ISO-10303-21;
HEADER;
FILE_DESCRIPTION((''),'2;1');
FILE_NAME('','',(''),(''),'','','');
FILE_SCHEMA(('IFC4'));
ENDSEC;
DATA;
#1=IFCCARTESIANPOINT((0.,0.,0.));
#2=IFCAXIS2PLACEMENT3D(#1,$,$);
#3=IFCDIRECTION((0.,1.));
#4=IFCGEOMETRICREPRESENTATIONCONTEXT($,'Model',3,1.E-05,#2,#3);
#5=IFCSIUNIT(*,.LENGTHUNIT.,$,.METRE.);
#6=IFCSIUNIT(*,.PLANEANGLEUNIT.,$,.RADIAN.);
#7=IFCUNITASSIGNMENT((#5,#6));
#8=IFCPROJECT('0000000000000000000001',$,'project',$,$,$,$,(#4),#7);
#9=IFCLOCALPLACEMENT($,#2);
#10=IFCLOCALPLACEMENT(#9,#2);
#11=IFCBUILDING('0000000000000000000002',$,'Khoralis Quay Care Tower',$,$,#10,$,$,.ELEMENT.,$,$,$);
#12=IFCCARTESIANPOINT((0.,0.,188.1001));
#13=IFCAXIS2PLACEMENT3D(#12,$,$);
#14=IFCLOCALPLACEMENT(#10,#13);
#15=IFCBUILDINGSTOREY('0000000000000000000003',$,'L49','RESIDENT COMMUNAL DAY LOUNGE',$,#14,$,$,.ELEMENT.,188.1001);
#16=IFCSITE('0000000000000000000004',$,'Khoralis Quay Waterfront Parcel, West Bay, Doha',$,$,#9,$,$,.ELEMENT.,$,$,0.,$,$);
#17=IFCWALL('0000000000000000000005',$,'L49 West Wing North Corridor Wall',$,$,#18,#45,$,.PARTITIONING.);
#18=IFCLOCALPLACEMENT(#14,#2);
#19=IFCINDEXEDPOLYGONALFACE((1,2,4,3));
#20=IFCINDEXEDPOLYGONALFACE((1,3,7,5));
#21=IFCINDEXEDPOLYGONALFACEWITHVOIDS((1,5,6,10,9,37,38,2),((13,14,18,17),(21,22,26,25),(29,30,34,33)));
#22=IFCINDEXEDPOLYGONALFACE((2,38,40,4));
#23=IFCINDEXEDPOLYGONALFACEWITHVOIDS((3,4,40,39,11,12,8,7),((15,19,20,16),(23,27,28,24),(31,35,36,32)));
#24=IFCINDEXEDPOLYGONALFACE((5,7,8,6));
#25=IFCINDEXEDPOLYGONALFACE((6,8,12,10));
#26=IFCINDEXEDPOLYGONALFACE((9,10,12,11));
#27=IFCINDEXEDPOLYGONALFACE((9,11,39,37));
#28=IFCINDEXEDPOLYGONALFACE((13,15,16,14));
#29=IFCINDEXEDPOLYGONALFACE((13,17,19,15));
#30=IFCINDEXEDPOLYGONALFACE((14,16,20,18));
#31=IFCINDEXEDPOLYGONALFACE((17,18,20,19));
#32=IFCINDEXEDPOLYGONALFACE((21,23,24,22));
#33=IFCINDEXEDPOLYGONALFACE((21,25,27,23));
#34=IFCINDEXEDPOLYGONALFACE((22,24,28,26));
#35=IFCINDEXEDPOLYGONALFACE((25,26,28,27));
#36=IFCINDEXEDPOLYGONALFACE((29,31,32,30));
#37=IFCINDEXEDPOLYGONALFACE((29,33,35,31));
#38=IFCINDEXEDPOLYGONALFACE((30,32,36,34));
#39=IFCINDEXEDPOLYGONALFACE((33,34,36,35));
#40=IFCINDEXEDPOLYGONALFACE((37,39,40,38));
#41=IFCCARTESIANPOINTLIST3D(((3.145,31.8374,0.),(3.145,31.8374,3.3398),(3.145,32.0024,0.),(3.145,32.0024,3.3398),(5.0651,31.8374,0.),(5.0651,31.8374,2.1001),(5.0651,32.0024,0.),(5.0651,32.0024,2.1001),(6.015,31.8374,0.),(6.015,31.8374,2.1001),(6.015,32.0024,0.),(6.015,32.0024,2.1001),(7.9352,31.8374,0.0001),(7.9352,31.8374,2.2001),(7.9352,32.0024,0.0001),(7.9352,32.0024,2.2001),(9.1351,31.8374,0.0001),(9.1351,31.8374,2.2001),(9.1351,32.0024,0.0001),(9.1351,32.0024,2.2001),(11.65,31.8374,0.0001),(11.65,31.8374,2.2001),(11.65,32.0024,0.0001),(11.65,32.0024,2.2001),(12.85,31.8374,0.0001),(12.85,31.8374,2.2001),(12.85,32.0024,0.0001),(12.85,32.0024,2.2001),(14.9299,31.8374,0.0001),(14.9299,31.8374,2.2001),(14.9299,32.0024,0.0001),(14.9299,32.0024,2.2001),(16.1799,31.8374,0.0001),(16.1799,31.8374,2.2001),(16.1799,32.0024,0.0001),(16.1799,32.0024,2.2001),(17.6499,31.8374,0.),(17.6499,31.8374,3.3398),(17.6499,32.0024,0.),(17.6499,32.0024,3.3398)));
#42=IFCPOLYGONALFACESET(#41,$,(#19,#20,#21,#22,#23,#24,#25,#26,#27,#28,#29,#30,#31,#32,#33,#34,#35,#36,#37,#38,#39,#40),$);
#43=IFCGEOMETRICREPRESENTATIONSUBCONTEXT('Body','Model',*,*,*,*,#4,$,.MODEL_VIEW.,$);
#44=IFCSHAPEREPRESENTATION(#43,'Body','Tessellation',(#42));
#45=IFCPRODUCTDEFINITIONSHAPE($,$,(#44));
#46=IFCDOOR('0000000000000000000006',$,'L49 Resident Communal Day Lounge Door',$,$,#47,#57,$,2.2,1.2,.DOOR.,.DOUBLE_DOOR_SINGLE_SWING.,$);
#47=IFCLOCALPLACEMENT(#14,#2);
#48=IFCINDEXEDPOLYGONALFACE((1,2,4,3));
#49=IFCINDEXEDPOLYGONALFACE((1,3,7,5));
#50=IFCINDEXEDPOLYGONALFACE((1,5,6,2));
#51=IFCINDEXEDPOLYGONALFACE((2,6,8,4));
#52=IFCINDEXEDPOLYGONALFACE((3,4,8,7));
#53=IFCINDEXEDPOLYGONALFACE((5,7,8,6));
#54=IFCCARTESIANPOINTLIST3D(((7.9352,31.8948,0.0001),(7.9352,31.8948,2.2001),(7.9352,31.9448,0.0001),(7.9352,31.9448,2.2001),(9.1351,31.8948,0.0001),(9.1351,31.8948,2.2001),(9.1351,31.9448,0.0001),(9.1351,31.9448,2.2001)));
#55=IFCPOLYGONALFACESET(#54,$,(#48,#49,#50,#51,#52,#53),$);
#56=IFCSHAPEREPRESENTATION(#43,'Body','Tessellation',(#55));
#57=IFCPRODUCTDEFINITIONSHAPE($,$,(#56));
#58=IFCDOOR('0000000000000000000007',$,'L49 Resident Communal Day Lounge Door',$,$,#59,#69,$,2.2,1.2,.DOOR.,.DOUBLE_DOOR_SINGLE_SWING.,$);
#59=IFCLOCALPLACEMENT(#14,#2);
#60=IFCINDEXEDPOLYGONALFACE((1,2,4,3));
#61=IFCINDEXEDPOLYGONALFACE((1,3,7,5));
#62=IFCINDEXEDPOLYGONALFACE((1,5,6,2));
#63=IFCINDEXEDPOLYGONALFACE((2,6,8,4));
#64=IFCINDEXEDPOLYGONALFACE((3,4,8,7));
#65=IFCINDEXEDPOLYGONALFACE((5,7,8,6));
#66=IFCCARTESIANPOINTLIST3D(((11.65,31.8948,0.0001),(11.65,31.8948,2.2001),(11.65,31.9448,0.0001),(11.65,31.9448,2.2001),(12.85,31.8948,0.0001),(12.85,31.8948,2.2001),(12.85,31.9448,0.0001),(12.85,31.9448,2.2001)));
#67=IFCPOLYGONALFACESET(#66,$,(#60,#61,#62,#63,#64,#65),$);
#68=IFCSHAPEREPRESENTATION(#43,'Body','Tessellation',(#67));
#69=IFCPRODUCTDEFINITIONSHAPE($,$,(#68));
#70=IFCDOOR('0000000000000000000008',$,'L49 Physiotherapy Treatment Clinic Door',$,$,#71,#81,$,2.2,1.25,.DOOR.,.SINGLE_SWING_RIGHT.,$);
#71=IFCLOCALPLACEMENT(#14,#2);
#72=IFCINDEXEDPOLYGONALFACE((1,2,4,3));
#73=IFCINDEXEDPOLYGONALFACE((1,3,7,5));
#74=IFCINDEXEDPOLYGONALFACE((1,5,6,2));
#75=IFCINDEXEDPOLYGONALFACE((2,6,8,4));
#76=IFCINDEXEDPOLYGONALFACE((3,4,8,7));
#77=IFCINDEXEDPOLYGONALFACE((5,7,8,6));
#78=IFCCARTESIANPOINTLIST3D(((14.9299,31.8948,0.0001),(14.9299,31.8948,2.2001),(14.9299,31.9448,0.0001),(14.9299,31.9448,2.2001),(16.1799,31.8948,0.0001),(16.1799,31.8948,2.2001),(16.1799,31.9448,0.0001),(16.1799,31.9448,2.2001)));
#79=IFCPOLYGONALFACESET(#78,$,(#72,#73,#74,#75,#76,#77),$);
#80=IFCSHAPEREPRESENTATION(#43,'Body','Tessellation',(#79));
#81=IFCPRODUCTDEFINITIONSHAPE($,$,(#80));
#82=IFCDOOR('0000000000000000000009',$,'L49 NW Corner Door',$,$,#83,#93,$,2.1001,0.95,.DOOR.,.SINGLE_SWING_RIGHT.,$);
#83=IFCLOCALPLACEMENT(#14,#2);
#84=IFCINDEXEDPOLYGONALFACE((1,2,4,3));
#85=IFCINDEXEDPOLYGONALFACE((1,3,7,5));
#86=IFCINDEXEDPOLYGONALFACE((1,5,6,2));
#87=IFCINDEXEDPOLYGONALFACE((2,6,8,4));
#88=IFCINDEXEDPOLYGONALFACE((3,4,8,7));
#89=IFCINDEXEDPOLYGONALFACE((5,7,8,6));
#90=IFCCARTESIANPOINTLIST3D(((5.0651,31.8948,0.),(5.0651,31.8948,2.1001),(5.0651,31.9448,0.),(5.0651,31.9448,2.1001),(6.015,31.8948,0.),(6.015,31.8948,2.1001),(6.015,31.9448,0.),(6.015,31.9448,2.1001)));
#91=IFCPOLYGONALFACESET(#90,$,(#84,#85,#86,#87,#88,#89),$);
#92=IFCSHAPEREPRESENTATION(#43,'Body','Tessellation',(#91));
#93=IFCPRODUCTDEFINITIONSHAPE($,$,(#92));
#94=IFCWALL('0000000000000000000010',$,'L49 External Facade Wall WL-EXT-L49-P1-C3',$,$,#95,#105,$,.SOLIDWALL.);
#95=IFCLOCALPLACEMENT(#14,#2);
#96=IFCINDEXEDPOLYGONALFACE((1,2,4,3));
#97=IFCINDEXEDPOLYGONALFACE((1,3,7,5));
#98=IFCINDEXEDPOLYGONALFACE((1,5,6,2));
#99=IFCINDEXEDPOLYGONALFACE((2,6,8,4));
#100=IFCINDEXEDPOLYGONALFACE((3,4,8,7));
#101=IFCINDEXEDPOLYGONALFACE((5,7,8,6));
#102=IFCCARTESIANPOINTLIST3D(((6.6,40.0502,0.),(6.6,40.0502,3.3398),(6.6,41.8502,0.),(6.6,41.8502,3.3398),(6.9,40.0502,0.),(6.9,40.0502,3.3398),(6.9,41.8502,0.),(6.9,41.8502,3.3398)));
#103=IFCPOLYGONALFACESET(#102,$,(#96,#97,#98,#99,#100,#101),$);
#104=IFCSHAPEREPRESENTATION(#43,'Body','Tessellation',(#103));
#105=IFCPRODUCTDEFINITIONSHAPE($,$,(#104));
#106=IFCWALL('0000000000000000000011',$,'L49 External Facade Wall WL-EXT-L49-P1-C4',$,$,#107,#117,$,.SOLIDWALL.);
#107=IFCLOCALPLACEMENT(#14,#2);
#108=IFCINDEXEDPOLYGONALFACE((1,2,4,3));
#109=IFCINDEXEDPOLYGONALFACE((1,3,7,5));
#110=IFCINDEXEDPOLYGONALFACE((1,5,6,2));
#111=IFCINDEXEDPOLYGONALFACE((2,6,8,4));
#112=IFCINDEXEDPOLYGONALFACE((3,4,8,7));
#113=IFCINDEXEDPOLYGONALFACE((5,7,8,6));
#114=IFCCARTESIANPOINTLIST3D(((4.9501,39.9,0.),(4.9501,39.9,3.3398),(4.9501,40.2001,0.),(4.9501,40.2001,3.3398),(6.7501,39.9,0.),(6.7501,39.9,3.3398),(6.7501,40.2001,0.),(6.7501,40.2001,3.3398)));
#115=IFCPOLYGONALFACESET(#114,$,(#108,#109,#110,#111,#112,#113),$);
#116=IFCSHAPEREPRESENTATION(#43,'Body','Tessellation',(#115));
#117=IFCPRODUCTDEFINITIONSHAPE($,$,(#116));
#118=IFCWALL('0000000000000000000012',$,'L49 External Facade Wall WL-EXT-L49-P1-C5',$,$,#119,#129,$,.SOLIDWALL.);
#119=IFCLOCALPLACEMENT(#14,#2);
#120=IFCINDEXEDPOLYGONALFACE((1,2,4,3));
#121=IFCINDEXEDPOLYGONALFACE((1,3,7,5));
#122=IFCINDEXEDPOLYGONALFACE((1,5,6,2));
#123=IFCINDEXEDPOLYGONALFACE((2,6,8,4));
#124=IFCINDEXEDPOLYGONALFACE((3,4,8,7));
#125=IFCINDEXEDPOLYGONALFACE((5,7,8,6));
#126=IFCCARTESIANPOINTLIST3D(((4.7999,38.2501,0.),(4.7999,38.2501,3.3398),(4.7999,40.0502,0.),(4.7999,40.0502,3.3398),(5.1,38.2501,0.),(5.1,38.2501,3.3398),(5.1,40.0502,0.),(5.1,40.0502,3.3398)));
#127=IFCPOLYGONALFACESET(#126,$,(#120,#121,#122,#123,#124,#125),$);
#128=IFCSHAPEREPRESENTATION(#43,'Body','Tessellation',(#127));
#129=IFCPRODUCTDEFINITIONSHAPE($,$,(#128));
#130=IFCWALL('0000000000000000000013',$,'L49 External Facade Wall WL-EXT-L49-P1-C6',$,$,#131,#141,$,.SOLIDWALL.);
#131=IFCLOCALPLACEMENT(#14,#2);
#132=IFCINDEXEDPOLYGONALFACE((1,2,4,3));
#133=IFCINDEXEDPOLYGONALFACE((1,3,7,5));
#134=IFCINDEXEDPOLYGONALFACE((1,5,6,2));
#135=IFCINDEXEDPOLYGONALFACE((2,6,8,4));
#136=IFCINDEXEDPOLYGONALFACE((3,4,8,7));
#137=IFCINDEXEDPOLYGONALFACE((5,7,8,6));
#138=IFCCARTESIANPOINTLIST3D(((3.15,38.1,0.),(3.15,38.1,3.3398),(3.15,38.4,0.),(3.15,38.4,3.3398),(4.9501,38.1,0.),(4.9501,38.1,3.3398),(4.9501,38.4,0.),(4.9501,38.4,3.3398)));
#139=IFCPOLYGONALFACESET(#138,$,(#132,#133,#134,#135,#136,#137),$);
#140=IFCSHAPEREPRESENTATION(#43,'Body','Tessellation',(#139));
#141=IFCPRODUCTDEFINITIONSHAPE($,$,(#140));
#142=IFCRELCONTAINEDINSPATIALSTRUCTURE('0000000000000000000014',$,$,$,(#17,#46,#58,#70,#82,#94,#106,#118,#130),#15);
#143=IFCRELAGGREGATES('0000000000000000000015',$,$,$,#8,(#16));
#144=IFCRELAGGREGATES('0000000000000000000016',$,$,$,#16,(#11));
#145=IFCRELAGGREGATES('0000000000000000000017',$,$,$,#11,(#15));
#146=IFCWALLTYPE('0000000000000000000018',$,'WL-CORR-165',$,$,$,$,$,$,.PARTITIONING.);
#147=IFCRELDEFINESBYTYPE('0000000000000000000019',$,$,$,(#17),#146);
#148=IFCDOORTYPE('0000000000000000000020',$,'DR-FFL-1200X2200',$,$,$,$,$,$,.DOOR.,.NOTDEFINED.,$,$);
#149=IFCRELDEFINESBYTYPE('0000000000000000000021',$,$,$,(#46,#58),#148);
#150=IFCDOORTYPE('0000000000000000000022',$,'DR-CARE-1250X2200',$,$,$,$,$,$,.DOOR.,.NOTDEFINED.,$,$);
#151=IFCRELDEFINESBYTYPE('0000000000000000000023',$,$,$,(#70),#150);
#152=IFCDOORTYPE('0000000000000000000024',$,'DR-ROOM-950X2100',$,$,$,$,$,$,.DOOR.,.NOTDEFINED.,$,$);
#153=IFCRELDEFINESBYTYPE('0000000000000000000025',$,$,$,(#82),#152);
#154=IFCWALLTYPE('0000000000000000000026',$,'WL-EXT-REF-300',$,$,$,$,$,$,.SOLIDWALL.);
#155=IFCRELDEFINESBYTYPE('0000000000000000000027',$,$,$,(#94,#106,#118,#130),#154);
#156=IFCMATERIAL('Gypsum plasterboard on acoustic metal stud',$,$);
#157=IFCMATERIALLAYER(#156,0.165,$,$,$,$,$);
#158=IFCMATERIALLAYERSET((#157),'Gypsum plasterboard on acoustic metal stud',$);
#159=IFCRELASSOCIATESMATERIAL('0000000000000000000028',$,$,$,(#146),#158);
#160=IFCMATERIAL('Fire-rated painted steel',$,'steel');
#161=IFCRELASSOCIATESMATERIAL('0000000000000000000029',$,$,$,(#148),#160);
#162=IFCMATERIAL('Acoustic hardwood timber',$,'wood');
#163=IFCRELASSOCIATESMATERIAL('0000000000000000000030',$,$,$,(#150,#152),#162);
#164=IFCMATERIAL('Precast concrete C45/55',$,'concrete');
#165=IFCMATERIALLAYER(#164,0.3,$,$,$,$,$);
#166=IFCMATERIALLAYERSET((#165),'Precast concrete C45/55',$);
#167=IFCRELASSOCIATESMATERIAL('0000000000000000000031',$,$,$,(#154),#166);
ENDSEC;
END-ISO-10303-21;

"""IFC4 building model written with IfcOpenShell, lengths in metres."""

from ifc_helpers import new_model, si_unit, direction, frame, frame_2d, origin, place, context, subcontext, project, spatial, rectangle, extrude, source, transform, mapped, material, layer, layer_set, type_object, element, fill, save


model = new_model("IFC4")

# Units and contexts
model_context = context("Model", 3, precision=1e-05, world=origin(), true_north=direction((0.0, 1.0)))
body_context = subcontext(model_context, "Body", "Model", "MODEL_VIEW")
ifc_project = project(units=[si_unit("LENGTHUNIT", "METRE"), si_unit("PLANEANGLEUNIT", "RADIAN")], contexts=[model_context])

# Site, building, storey
site_placement = place(None, origin())
site = spatial("IfcSite", under=ifc_project, at=site_placement, Name="Khoralis Quay Waterfront Parcel, West Bay, Doha", CompositionType="ELEMENT", RefElevation=0.0)
building_placement = place(site_placement, origin())
building = spatial("IfcBuilding", under=site, at=building_placement, Name="Khoralis Quay Care Tower", CompositionType="ELEMENT")
storey_placement = place(building_placement, frame((0.0, 0.0, 188.1001)))
storey = spatial("IfcBuildingStorey", under=building, at=storey_placement, Name="L49", Description="RESIDENT COMMUNAL DAY LOUNGE", CompositionType="ELEMENT", Elevation=188.1001)

# Wall, openings, doors
ifc_material_1 = material(Name="Gypsum plasterboard on acoustic metal stud")
ifc_layer_1 = layer(ifc_material_1, 0.165)
ifc_layer_set_1 = layer_set([ifc_layer_1], Name="Gypsum plasterboard on acoustic metal stud")
wall_type_1 = type_object("IfcWallType", Name="WL-CORR-165", PredefinedType="PARTITIONING", material=ifc_layer_set_1)
wall_1_placement = place(storey_placement, frame((3.145, 31.9199, 0.0), z_axis=(0.0, 0.0, 1.0), x_axis=(1.0, 0.0, 0.0)))
wall_1 = element("IfcWall", 1, at=wall_1_placement, inside=storey, type_object=wall_type_1, Name="L49 West Wing North Corridor Wall", PredefinedType="PARTITIONING", context=body_context, shape_type="SweptSolid", body=[
    extrude(rectangle(XDim=14.5049, YDim=0.165, at=frame_2d((7.2524, 0.0))), origin(), (0.0, 0.0, 1.0), 3.3398),
])
opening_1_placement = place(wall_1_placement, frame((4.79, 0.0, 0.0)))
opening_1 = element("IfcOpeningElement", 2, at=opening_1_placement, cuts=wall_1, PredefinedType="OPENING", context=body_context, shape_type="SweptSolid", body=[
    extrude(rectangle(XDim=1.2, YDim=2.2, at=frame_2d((0.6001, 1.1001))), frame((0.0, 0.0925, 0.0), z_axis=(0.0, -1.0, 0.0), x_axis=(1.0, 0.0, 0.0)), (0.0, 0.0, 1.0), 0.1851),
])
opening_2_placement = place(wall_1_placement, frame((8.5049, 0.0, 0.0)))
opening_2 = element("IfcOpeningElement", 3, at=opening_2_placement, cuts=wall_1, PredefinedType="OPENING", context=body_context, shape_type="SweptSolid", body=[
    extrude(rectangle(XDim=1.2, YDim=2.2, at=frame_2d((0.6001, 1.1001))), frame((0.0, 0.0925, 0.0), z_axis=(0.0, -1.0, 0.0), x_axis=(1.0, 0.0, 0.0)), (0.0, 0.0, 1.0), 0.1851),
])
opening_3_placement = place(wall_1_placement, frame((11.7849, 0.0, 0.0)))
opening_3 = element("IfcOpeningElement", 4, at=opening_3_placement, cuts=wall_1, PredefinedType="OPENING", context=body_context, shape_type="SweptSolid", body=[
    extrude(rectangle(XDim=1.25, YDim=2.2, at=frame_2d((0.625, 1.1001))), frame((0.0, 0.0925, 0.0), z_axis=(0.0, -1.0, 0.0), x_axis=(1.0, 0.0, 0.0)), (0.0, 0.0, 1.0), 0.1851),
])
opening_4_placement = place(wall_1_placement, frame((1.9199, 0.0, 0.0)))
opening_4 = element("IfcOpeningElement", 5, at=opening_4_placement, cuts=wall_1, PredefinedType="OPENING", context=body_context, shape_type="SweptSolid", body=[
    extrude(rectangle(XDim=0.95, YDim=2.1001, at=frame_2d((0.4751, 1.05))), frame((0.0, 0.0925, 0.0), z_axis=(0.0, -1.0, 0.0), x_axis=(1.0, 0.0, 0.0)), (0.0, 0.0, 1.0), 0.1851),
])
ifc_material_2 = material(Name="Fire-rated painted steel", Category="steel")
door_type_1 = type_object("IfcDoorType", Name="DR-FFL-1200X2200", OperationType="NOTDEFINED", PredefinedType="DOOR", material=ifc_material_2)
shared_shape_1 = source(origin(), body_context, "Body", "SweptSolid", [
    extrude(rectangle(XDim=1.2, YDim=2.2, at=frame_2d((0.6001, 1.1001))), frame((0.0, 0.0249, 0.0), z_axis=(0.0, -1.0, 0.0), x_axis=(1.0, 0.0, 0.0)), (0.0, 0.0, 1.0), 0.05),
])
door_1_placement = place(opening_1_placement, origin())
door_1 = element("IfcDoor", 6, at=door_1_placement, inside=storey, type_object=door_type_1, Name="L49 Resident Communal Day Lounge Door", OperationType="DOUBLE_DOOR_SINGLE_SWING", OverallHeight=2.2, OverallWidth=1.2, PredefinedType="DOOR", context=body_context, shape_type="MappedRepresentation", body=[
    mapped(shared_shape_1, transform((0.0, 0.0, 0.0), scale=1.0)),
])
fill(opening_1, door_1)
door_2_placement = place(opening_2_placement, origin())
door_2 = element("IfcDoor", 7, at=door_2_placement, inside=storey, type_object=door_type_1, Name="L49 Resident Communal Day Lounge Door", OperationType="DOUBLE_DOOR_SINGLE_SWING", OverallHeight=2.2, OverallWidth=1.2, PredefinedType="DOOR", context=body_context, shape_type="MappedRepresentation", body=[
    mapped(shared_shape_1, transform((0.0, 0.0, 0.0), scale=1.0)),
])
fill(opening_2, door_2)
ifc_material_3 = material(Name="Acoustic hardwood timber", Category="wood")
door_type_2 = type_object("IfcDoorType", Name="DR-CARE-1250X2200", OperationType="NOTDEFINED", PredefinedType="DOOR", material=ifc_material_3)
shared_shape_2 = source(origin(), body_context, "Body", "SweptSolid", [
    extrude(rectangle(XDim=1.25, YDim=2.2, at=frame_2d((0.625, 1.1001))), frame((0.0, 0.0249, 0.0), z_axis=(0.0, -1.0, 0.0), x_axis=(1.0, 0.0, 0.0)), (0.0, 0.0, 1.0), 0.05),
])
door_3_placement = place(opening_3_placement, origin())
door_3 = element("IfcDoor", 8, at=door_3_placement, inside=storey, type_object=door_type_2, Name="L49 Physiotherapy Treatment Clinic Door", OperationType="SINGLE_SWING_RIGHT", OverallHeight=2.2, OverallWidth=1.25, PredefinedType="DOOR", context=body_context, shape_type="MappedRepresentation", body=[
    mapped(shared_shape_2, transform((0.0, 0.0, 0.0), scale=1.0)),
])
fill(opening_3, door_3)
door_type_3 = type_object("IfcDoorType", Name="DR-ROOM-950X2100", OperationType="NOTDEFINED", PredefinedType="DOOR", material=ifc_material_3)
shared_shape_3 = source(origin(), body_context, "Body", "SweptSolid", [
    extrude(rectangle(XDim=0.95, YDim=2.1001, at=frame_2d((0.4751, 1.05))), frame((0.0, 0.0249, 0.0), z_axis=(0.0, -1.0, 0.0), x_axis=(1.0, 0.0, 0.0)), (0.0, 0.0, 1.0), 0.05),
])
door_4_placement = place(opening_4_placement, origin())
door_4 = element("IfcDoor", 9, at=door_4_placement, inside=storey, type_object=door_type_3, Name="L49 NW Corner Door", OperationType="SINGLE_SWING_RIGHT", OverallHeight=2.1001, OverallWidth=0.95, PredefinedType="DOOR", context=body_context, shape_type="MappedRepresentation", body=[
    mapped(shared_shape_3, transform((0.0, 0.0, 0.0), scale=1.0)),
])
fill(opening_4, door_4)

# Walls
ifc_material_4 = material(Name="Precast concrete C45/55", Category="concrete")
ifc_layer_2 = layer(ifc_material_4, 0.3)
ifc_layer_set_2 = layer_set([ifc_layer_2], Name="Precast concrete C45/55")
wall_type_2 = type_object("IfcWallType", Name="WL-EXT-REF-300", PredefinedType="SOLIDWALL", material=ifc_layer_set_2)
for number, where, z_axis, x_axis, name in (
    (10, (6.75, 41.8501, 0.0), (0.0, 0.0, 1.0), (0.0, -1.0, 0.0), "L49 External Facade Wall WL-EXT-L49-P1-C3"),
    (11, (6.75, 40.05, 0.0), (0.0, 0.0, 1.0), (-1.0, 0.0, 0.0), "L49 External Facade Wall WL-EXT-L49-P1-C4"),
    (12, (4.95, 40.05, 0.0), (0.0, 0.0, 1.0), (0.0, -1.0, 0.0), "L49 External Facade Wall WL-EXT-L49-P1-C5"),
    (13, (4.95, 38.25, 0.0), (0.0, 0.0, 1.0), (-1.0, 0.0, 0.0), "L49 External Facade Wall WL-EXT-L49-P1-C6"),
):
    element("IfcWall", number, at=place(storey_placement, frame(where, z_axis=z_axis, x_axis=x_axis)), inside=storey, type_object=wall_type_2, Name=name, PredefinedType="SOLIDWALL", context=body_context, shape_type="SweptSolid", body=[
        extrude(rectangle(XDim=1.8, YDim=0.3, at=frame_2d((0.8999, 0.0))), origin(), (0.0, 0.0, 1.0), 3.3398),
    ])

save(model, "model.ifc")
